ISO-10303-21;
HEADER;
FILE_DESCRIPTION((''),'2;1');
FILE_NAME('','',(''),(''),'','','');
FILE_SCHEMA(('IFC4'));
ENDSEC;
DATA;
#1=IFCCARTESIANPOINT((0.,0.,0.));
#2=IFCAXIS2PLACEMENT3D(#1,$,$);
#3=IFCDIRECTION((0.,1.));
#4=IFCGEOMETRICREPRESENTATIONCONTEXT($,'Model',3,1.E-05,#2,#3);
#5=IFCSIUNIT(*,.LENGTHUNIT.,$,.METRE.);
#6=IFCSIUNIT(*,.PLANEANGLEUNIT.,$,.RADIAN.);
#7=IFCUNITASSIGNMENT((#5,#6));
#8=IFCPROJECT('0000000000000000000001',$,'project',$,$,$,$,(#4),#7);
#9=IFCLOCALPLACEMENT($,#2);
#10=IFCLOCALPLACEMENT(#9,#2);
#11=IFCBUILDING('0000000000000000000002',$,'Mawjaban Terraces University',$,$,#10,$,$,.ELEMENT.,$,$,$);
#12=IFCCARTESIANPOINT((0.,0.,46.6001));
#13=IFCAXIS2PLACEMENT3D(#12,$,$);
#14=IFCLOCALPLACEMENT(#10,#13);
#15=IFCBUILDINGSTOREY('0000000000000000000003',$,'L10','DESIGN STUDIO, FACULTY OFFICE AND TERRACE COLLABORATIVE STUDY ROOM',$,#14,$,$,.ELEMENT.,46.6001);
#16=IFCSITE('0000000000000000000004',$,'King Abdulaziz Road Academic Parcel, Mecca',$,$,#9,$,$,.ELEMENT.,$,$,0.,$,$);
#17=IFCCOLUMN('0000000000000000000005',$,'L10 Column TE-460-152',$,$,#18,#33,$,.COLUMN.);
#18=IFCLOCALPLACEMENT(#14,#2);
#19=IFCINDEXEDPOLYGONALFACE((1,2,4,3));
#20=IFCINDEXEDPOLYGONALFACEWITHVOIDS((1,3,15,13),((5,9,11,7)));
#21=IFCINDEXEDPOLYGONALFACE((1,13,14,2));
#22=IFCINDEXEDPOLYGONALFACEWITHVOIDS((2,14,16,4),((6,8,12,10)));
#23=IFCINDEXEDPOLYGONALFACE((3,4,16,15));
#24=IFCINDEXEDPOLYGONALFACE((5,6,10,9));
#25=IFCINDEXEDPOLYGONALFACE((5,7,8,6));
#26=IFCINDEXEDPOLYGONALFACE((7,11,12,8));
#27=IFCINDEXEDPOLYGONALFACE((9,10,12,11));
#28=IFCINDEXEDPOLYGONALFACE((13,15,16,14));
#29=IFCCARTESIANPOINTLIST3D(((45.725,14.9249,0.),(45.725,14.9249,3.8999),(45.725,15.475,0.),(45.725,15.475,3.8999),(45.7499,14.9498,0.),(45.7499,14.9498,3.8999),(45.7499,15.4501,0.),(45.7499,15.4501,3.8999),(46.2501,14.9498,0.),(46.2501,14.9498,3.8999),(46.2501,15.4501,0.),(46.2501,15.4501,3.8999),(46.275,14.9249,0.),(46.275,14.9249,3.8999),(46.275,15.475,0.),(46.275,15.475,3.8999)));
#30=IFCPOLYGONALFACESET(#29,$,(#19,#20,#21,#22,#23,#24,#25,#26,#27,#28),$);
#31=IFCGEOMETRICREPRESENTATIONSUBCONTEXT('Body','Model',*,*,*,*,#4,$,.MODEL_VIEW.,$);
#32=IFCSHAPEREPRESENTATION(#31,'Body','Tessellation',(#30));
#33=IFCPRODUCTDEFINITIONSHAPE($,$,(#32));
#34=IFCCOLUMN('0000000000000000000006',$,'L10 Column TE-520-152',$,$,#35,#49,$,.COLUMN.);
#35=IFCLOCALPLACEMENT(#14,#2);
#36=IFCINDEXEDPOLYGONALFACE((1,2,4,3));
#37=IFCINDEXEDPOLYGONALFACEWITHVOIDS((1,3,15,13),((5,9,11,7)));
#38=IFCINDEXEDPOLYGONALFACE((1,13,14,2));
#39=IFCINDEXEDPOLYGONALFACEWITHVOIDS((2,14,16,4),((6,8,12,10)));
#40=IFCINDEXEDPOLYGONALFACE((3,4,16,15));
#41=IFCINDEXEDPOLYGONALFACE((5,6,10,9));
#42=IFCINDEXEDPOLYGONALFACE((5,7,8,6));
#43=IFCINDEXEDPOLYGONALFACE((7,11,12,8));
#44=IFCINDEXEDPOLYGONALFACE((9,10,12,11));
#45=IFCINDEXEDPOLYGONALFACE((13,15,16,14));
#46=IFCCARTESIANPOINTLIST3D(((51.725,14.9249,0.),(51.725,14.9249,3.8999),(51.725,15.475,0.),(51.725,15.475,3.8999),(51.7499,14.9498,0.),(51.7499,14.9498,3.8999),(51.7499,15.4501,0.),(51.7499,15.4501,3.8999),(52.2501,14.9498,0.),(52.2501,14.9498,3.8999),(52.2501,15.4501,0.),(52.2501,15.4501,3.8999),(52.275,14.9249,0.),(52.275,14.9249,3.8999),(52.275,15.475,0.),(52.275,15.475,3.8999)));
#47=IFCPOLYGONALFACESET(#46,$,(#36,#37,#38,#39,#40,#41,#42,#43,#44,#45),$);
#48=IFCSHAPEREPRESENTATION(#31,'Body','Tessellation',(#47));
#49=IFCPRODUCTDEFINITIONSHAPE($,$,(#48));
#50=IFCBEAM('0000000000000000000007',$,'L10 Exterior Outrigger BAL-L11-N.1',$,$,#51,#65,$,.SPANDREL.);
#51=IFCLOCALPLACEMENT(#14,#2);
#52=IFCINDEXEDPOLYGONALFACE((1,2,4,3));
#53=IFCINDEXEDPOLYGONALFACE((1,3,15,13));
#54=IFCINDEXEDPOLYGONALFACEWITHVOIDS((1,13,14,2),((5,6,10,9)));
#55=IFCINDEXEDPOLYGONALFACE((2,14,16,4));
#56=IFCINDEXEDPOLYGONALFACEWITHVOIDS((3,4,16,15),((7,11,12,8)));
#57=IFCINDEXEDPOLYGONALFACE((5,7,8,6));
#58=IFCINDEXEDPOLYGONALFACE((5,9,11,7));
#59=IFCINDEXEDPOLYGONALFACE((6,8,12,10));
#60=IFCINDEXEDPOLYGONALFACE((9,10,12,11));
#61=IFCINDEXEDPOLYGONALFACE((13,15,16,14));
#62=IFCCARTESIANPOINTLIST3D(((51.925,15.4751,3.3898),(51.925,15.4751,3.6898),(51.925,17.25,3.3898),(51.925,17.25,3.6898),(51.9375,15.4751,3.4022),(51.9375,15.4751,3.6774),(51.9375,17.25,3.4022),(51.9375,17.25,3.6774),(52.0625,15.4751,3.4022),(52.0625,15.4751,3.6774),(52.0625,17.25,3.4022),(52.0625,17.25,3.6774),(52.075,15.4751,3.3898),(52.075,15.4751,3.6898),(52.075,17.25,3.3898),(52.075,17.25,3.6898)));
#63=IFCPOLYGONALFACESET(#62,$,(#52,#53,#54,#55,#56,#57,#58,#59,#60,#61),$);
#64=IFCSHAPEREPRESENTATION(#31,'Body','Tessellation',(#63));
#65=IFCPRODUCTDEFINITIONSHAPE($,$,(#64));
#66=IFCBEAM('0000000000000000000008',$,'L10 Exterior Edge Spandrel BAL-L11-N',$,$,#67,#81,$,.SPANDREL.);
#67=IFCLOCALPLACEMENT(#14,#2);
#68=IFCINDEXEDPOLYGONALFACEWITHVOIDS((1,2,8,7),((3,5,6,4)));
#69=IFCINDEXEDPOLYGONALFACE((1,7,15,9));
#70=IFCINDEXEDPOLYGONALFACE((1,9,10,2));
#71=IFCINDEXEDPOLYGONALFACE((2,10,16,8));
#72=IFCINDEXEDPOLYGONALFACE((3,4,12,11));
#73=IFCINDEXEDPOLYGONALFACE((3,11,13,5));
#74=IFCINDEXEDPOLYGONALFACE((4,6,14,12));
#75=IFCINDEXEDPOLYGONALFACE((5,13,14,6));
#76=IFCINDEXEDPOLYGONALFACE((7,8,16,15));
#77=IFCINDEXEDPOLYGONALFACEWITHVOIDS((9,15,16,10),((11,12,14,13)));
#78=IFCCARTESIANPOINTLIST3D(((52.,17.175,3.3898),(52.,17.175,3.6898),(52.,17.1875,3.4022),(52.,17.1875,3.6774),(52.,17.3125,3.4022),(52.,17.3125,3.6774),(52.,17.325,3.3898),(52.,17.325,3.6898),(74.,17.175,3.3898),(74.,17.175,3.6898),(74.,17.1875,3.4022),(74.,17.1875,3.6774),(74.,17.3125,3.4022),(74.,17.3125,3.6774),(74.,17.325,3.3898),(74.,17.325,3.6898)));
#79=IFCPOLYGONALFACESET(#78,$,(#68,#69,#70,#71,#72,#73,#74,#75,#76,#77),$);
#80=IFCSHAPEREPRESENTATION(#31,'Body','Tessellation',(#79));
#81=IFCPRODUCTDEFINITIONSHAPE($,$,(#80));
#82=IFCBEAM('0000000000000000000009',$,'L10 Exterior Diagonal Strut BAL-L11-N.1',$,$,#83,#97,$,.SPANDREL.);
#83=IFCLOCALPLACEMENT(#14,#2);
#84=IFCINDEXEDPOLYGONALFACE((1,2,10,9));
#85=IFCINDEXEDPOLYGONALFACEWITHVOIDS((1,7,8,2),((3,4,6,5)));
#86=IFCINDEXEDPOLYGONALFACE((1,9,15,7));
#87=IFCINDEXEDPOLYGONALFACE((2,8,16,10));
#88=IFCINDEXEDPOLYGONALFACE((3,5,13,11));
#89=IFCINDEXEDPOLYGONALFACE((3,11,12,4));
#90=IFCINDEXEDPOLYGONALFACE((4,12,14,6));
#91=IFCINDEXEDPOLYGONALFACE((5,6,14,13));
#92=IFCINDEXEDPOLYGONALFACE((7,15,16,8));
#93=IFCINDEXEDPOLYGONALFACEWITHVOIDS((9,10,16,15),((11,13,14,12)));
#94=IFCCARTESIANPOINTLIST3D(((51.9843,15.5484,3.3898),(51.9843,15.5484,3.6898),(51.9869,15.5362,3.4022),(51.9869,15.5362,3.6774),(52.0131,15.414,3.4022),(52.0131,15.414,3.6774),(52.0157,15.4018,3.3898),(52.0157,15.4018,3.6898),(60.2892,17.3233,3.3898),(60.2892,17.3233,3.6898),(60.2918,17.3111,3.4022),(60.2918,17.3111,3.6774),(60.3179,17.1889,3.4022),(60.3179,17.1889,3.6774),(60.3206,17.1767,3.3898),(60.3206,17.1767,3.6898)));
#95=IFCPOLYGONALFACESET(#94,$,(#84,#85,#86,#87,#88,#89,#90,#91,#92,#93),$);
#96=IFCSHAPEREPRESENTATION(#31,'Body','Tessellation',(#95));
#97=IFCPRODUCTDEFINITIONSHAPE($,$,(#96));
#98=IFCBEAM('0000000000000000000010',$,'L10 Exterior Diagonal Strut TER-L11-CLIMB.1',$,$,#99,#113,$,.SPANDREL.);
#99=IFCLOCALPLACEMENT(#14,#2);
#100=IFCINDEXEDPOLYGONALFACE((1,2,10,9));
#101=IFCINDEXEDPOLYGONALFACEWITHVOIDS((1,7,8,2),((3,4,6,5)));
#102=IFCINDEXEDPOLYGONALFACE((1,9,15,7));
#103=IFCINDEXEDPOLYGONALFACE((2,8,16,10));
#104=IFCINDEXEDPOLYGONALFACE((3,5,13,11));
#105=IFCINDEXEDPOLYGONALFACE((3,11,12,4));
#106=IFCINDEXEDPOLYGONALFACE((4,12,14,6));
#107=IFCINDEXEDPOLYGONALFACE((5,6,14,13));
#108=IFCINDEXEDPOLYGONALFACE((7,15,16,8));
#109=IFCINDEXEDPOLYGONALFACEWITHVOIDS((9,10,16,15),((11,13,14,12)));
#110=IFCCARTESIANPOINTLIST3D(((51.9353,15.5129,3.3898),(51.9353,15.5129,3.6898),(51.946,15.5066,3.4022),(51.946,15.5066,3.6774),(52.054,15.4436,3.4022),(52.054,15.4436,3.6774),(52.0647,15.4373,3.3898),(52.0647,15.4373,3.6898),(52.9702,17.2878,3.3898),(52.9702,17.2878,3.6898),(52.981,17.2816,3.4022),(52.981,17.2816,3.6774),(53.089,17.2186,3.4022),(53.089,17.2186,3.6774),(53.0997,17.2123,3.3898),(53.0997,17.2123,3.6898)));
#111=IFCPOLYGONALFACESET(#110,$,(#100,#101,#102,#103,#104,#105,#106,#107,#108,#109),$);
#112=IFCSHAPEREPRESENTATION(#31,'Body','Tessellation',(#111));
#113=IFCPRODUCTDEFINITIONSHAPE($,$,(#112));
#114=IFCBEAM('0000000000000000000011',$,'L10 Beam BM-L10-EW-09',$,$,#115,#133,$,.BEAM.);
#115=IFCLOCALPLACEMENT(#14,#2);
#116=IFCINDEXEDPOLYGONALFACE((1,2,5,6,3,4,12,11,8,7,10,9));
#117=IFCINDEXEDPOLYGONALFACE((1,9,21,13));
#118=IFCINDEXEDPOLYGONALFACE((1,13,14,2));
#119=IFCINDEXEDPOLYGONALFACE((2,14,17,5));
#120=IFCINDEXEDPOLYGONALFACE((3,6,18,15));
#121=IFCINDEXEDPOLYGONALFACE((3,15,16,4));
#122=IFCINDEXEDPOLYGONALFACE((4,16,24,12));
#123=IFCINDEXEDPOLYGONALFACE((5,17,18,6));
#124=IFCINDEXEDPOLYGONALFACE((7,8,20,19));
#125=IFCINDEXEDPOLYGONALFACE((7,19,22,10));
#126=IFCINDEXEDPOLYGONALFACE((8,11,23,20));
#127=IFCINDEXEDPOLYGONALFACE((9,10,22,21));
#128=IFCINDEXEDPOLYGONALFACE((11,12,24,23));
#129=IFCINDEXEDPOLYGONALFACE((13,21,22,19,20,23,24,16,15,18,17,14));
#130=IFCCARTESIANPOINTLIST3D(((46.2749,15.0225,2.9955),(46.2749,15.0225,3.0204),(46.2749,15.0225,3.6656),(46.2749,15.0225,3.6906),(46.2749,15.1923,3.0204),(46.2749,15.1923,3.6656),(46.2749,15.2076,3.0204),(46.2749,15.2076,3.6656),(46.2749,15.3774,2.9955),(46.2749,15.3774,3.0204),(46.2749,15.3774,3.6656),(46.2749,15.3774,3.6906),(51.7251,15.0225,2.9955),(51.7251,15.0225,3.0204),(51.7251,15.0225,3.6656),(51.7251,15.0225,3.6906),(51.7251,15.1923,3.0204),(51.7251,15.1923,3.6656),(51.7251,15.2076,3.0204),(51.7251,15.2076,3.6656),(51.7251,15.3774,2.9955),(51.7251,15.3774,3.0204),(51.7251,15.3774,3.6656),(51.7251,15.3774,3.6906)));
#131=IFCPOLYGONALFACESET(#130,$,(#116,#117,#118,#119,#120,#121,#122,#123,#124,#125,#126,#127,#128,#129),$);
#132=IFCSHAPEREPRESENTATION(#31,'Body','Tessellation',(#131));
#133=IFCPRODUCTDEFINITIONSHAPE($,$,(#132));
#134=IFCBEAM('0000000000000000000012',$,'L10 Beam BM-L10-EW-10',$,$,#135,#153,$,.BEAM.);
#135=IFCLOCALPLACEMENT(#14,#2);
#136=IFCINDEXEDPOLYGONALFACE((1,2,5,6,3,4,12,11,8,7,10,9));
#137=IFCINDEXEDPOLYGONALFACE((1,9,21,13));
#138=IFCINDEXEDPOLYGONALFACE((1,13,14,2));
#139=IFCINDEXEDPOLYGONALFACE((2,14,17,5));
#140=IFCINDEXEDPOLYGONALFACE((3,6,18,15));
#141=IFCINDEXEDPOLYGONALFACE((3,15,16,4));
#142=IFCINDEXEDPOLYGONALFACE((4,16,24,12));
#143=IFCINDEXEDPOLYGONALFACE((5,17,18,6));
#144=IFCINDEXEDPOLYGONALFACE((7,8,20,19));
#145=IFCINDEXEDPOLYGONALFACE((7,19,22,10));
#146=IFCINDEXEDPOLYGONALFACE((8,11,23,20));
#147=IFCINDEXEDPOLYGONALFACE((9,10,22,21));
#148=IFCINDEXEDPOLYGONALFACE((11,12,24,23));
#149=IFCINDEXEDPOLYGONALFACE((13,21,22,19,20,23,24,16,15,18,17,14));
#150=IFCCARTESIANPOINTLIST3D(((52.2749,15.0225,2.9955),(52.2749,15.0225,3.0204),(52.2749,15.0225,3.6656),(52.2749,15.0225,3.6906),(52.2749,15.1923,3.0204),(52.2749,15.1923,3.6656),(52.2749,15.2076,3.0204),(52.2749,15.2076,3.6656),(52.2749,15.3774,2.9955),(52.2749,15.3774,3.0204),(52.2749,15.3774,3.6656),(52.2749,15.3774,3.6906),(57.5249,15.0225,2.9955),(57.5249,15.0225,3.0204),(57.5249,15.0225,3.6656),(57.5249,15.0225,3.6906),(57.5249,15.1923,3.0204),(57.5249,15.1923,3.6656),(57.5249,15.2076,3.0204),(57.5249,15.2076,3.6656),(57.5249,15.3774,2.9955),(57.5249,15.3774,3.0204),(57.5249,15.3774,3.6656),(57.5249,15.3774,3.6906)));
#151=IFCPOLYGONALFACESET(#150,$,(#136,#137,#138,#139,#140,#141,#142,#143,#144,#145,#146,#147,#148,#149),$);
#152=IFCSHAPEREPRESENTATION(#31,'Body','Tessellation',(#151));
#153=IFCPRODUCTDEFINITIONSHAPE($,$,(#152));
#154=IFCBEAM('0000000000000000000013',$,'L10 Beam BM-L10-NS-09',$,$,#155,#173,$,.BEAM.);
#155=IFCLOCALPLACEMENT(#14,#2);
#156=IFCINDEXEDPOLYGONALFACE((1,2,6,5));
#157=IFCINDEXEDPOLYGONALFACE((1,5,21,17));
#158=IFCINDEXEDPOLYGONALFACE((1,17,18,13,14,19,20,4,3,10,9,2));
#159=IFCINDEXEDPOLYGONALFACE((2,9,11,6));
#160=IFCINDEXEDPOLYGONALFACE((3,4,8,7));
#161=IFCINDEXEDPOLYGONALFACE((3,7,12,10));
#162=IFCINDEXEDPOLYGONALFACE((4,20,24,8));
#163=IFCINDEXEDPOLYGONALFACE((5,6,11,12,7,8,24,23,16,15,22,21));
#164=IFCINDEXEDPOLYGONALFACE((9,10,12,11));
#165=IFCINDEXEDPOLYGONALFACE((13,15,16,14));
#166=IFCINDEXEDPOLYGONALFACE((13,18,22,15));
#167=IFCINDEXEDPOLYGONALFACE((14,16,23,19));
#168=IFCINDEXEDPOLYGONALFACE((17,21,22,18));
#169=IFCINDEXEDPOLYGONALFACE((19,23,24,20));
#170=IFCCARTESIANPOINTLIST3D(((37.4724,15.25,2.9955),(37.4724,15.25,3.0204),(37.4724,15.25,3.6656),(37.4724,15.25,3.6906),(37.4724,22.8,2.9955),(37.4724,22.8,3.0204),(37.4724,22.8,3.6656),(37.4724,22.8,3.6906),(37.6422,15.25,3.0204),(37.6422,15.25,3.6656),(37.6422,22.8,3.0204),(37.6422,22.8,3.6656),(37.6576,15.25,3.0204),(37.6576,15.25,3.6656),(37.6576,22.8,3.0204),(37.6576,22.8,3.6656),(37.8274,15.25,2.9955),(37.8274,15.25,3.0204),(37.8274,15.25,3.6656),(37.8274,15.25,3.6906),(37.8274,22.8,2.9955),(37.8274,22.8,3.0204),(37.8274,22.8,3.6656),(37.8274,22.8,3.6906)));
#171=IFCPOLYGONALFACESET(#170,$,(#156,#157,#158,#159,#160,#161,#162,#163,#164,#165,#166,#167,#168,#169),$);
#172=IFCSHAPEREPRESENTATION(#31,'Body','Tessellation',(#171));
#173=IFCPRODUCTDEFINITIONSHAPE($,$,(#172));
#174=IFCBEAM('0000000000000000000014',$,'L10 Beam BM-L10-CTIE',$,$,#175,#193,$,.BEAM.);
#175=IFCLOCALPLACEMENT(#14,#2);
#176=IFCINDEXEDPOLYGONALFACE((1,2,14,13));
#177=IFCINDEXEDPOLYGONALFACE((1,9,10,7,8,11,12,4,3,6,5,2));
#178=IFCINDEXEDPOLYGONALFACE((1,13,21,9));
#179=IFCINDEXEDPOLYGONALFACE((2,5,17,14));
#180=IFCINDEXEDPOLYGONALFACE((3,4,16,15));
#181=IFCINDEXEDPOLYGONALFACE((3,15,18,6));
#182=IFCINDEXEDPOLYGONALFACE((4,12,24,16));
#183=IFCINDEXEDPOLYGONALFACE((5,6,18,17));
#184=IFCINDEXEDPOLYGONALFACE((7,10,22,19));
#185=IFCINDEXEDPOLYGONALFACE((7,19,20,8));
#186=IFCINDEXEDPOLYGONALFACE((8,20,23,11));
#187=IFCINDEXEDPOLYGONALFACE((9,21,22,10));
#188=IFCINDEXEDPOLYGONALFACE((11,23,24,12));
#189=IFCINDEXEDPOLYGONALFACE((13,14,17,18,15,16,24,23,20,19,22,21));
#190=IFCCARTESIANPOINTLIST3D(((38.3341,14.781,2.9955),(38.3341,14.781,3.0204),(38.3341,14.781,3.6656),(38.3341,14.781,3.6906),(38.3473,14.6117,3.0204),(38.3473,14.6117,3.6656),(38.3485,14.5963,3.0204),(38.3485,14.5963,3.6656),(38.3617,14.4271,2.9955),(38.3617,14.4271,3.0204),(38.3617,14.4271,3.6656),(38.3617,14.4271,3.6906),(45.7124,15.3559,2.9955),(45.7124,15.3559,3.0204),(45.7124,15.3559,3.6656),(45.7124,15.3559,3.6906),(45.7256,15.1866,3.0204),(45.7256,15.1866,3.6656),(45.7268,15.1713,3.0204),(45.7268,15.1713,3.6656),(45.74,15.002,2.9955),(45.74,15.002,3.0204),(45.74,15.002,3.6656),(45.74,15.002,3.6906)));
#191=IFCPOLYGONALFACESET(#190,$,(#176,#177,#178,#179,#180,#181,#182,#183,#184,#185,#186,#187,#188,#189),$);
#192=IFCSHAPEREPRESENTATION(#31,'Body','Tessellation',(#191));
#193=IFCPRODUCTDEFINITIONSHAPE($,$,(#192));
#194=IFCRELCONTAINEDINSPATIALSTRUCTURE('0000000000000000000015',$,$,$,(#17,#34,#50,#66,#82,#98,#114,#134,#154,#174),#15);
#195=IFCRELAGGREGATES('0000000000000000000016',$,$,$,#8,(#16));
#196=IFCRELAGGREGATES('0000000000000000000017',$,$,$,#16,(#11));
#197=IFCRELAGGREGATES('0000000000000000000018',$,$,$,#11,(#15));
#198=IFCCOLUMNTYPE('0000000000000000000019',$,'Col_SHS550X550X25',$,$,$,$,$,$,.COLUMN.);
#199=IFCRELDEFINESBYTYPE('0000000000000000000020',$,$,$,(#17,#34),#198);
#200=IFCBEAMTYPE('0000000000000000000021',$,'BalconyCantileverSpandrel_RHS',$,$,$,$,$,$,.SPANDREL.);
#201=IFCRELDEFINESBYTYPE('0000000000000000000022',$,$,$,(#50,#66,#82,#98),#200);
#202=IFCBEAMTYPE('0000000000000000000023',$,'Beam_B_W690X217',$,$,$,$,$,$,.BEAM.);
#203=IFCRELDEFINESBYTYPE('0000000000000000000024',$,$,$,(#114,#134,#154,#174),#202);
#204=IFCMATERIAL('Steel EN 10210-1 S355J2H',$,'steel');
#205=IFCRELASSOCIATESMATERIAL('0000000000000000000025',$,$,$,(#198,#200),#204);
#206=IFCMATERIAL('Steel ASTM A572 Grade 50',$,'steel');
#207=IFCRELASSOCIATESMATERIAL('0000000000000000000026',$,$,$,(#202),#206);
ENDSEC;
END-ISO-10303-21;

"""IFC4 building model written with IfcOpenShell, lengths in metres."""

from ifc_helpers import new_model, si_unit, direction, frame, origin, origin_2d, place, context, subcontext, project, spatial, hollow_rectangle, i_section, extrude, material, material_profile, profile_set, type_object, element, save


model = new_model("IFC4")

# Units and contexts
model_context = context("Model", 3, precision=1e-05, world=origin(), true_north=direction((0.0, 1.0)))
body_context = subcontext(model_context, "Body", "Model", "MODEL_VIEW")
ifc_project = project(units=[si_unit("LENGTHUNIT", "METRE"), si_unit("PLANEANGLEUNIT", "RADIAN")], contexts=[model_context])

# Site, building, storey
site_placement = place(None, origin())
site = spatial("IfcSite", under=ifc_project, at=site_placement, Name="King Abdulaziz Road Academic Parcel, Mecca", CompositionType="ELEMENT", RefElevation=0.0)
building_placement = place(site_placement, origin())
building = spatial("IfcBuilding", under=site, at=building_placement, Name="Mawjaban Terraces University", CompositionType="ELEMENT")
storey_placement = place(building_placement, frame((0.0, 0.0, 46.6001)))
storey = spatial("IfcBuildingStorey", under=building, at=storey_placement, Name="L10", Description="DESIGN STUDIO, FACULTY OFFICE AND TERRACE COLLABORATIVE STUDY ROOM", CompositionType="ELEMENT", Elevation=46.6001)

# Columns
ifc_material_1 = material(Name="Steel EN 10210-1 S355J2H", Category="steel")
ifc_material_profile_1 = material_profile(ifc_material_1, hollow_rectangle(XDim=0.55, YDim=0.55, WallThickness=0.0249, at=origin_2d()), Name="SHS550X550X25")
ifc_profile_set_1 = profile_set([ifc_material_profile_1], Name="Steel EN 10210-1 S355J2H")
column_type = type_object("IfcColumnType", Name="Col_SHS550X550X25", PredefinedType="COLUMN", material=ifc_profile_set_1)
for number, where, z_axis, x_axis, name in (
    (1, (46.0, 15.2, 0.0), (0.0, 0.0, 1.0), (1.0, 0.0, 0.0), "L10 Column TE-460-152"),
    (2, (52.0, 15.2, 0.0), (0.0, 0.0, 1.0), (1.0, 0.0, 0.0), "L10 Column TE-520-152"),
):
    element("IfcColumn", number, at=place(storey_placement, frame(where, z_axis=z_axis, x_axis=x_axis)), inside=storey, type_object=column_type, Name=name, PredefinedType="COLUMN", context=body_context, shape_type="SweptSolid", body=[
        extrude(hollow_rectangle(XDim=0.55, YDim=0.55, WallThickness=0.0249, at=origin_2d()), origin(), (0.0, 0.0, 1.0), 3.8999),
    ])

# Beams
ifc_material_profile_2 = material_profile(ifc_material_1, hollow_rectangle(XDim=0.1499, YDim=0.3, WallThickness=0.0125, at=origin_2d()), Name="RHS300X150X12.5")
ifc_profile_set_2 = profile_set([ifc_material_profile_2], Name="Steel EN 10210-1 S355J2H")
beam_type_1 = type_object("IfcBeamType", Name="BalconyCantileverSpandrel_RHS", PredefinedType="SPANDREL", material=ifc_profile_set_2)
beam_1_placement = place(storey_placement, frame((52.0, 15.4751, 3.5398), z_axis=(0.0, 1.0, 0.0), x_axis=(-1.0, 0.0, 0.0)))
element("IfcBeam", 3, at=beam_1_placement, inside=storey, type_object=beam_type_1, Name="L10 Exterior Outrigger BAL-L11-N.1", PredefinedType="SPANDREL", context=body_context, shape_type="SweptSolid", body=[
    extrude(hollow_rectangle(XDim=0.1499, YDim=0.3, WallThickness=0.0125, at=origin_2d()), origin(), (0.0, 0.0, 1.0), 1.7749),
])
beam_2_placement = place(storey_placement, frame((52.0, 17.25, 3.5398), z_axis=(1.0, 0.0, 0.0), x_axis=(0.0, 1.0, 0.0)))
element("IfcBeam", 4, at=beam_2_placement, inside=storey, type_object=beam_type_1, Name="L10 Exterior Edge Spandrel BAL-L11-N", PredefinedType="SPANDREL", context=body_context, shape_type="SweptSolid", body=[
    extrude(hollow_rectangle(XDim=0.1499, YDim=0.3, WallThickness=0.0125, at=origin_2d()), origin(), (0.0, 0.0, 1.0), 22.0),
])
beam_3_placement = place(storey_placement, frame((52.0, 15.4751, 3.5398), z_axis=(0.977916, 0.208997, 0.0), x_axis=(-0.208997, 0.977916, 0.0)))
element("IfcBeam", 5, at=beam_3_placement, inside=storey, type_object=beam_type_1, Name="L10 Exterior Diagonal Strut BAL-L11-N.1", PredefinedType="SPANDREL", context=body_context, shape_type="SweptSolid", body=[
    extrude(hollow_rectangle(XDim=0.1499, YDim=0.3, WallThickness=0.0125, at=origin_2d()), origin(), (0.0, 0.0, 1.0), 8.4924),
])
beam_4_placement = place(storey_placement, frame((52.0, 15.4751, 3.5398), z_axis=(0.503708, 0.863874, 0.0), x_axis=(-0.863874, 0.503708, 0.0)))
element("IfcBeam", 6, at=beam_4_placement, inside=storey, type_object=beam_type_1, Name="L10 Exterior Diagonal Strut TER-L11-CLIMB.1", PredefinedType="SPANDREL", context=body_context, shape_type="SweptSolid", body=[
    extrude(hollow_rectangle(XDim=0.1499, YDim=0.3, WallThickness=0.0125, at=origin_2d()), origin(), (0.0, 0.0, 1.0), 2.0547),
])
ifc_material_2 = material(Name="Steel ASTM A572 Grade 50", Category="steel")
ifc_material_profile_3 = material_profile(ifc_material_2, i_section(OverallWidth=0.355, OverallDepth=0.6951, WebThickness=0.0154, FlangeThickness=0.0249, at=origin_2d()), Name="W690X217")
ifc_profile_set_3 = profile_set([ifc_material_profile_3], Name="Steel ASTM A572 Grade 50")
beam_type_2 = type_object("IfcBeamType", Name="Beam_B_W690X217", PredefinedType="BEAM", material=ifc_profile_set_3)
beam_5_placement = place(storey_placement, frame((46.2749, 15.2, 3.343), z_axis=(1.0, 0.0, 0.0), x_axis=(0.0, 1.0, 0.0)))
element("IfcBeam", 7, at=beam_5_placement, inside=storey, type_object=beam_type_2, Name="L10 Beam BM-L10-EW-09", PredefinedType="BEAM", context=body_context, shape_type="SweptSolid", body=[
    extrude(i_section(OverallWidth=0.355, OverallDepth=0.6951, WebThickness=0.0154, FlangeThickness=0.0249, at=origin_2d()), origin(), (0.0, 0.0, 1.0), 5.4502),
])
beam_6_placement = place(storey_placement, frame((52.2749, 15.2, 3.343), z_axis=(1.0, 0.0, 0.0), x_axis=(0.0, 1.0, 0.0)))
element("IfcBeam", 8, at=beam_6_placement, inside=storey, type_object=beam_type_2, Name="L10 Beam BM-L10-EW-10", PredefinedType="BEAM", context=body_context, shape_type="SweptSolid", body=[
    extrude(i_section(OverallWidth=0.355, OverallDepth=0.6951, WebThickness=0.0154, FlangeThickness=0.0249, at=origin_2d()), origin(), (0.0, 0.0, 1.0), 5.25),
])
beam_7_placement = place(storey_placement, frame((37.6499, 15.25, 3.343), z_axis=(0.0, 1.0, 0.0), x_axis=(-1.0, 0.0, 0.0)))
element("IfcBeam", 9, at=beam_7_placement, inside=storey, type_object=beam_type_2, Name="L10 Beam BM-L10-NS-09", PredefinedType="BEAM", context=body_context, shape_type="SweptSolid", body=[
    extrude(i_section(OverallWidth=0.355, OverallDepth=0.6951, WebThickness=0.0154, FlangeThickness=0.0249, at=origin_2d()), origin(), (0.0, 0.0, 1.0), 7.55),
])
beam_8_placement = place(storey_placement, frame((38.3479, 14.604, 3.343), z_axis=(0.996978, 0.07769, 0.0), x_axis=(-0.07769, 0.996978, 0.0)))
element("IfcBeam", 10, at=beam_8_placement, inside=storey, type_object=beam_type_2, Name="L10 Beam BM-L10-CTIE", PredefinedType="BEAM", context=body_context, shape_type="SweptSolid", body=[
    extrude(i_section(OverallWidth=0.355, OverallDepth=0.6951, WebThickness=0.0154, FlangeThickness=0.0249, at=origin_2d()), origin(), (0.0, 0.0, 1.0), 7.4006),
])

save(model, "model.ifc")
